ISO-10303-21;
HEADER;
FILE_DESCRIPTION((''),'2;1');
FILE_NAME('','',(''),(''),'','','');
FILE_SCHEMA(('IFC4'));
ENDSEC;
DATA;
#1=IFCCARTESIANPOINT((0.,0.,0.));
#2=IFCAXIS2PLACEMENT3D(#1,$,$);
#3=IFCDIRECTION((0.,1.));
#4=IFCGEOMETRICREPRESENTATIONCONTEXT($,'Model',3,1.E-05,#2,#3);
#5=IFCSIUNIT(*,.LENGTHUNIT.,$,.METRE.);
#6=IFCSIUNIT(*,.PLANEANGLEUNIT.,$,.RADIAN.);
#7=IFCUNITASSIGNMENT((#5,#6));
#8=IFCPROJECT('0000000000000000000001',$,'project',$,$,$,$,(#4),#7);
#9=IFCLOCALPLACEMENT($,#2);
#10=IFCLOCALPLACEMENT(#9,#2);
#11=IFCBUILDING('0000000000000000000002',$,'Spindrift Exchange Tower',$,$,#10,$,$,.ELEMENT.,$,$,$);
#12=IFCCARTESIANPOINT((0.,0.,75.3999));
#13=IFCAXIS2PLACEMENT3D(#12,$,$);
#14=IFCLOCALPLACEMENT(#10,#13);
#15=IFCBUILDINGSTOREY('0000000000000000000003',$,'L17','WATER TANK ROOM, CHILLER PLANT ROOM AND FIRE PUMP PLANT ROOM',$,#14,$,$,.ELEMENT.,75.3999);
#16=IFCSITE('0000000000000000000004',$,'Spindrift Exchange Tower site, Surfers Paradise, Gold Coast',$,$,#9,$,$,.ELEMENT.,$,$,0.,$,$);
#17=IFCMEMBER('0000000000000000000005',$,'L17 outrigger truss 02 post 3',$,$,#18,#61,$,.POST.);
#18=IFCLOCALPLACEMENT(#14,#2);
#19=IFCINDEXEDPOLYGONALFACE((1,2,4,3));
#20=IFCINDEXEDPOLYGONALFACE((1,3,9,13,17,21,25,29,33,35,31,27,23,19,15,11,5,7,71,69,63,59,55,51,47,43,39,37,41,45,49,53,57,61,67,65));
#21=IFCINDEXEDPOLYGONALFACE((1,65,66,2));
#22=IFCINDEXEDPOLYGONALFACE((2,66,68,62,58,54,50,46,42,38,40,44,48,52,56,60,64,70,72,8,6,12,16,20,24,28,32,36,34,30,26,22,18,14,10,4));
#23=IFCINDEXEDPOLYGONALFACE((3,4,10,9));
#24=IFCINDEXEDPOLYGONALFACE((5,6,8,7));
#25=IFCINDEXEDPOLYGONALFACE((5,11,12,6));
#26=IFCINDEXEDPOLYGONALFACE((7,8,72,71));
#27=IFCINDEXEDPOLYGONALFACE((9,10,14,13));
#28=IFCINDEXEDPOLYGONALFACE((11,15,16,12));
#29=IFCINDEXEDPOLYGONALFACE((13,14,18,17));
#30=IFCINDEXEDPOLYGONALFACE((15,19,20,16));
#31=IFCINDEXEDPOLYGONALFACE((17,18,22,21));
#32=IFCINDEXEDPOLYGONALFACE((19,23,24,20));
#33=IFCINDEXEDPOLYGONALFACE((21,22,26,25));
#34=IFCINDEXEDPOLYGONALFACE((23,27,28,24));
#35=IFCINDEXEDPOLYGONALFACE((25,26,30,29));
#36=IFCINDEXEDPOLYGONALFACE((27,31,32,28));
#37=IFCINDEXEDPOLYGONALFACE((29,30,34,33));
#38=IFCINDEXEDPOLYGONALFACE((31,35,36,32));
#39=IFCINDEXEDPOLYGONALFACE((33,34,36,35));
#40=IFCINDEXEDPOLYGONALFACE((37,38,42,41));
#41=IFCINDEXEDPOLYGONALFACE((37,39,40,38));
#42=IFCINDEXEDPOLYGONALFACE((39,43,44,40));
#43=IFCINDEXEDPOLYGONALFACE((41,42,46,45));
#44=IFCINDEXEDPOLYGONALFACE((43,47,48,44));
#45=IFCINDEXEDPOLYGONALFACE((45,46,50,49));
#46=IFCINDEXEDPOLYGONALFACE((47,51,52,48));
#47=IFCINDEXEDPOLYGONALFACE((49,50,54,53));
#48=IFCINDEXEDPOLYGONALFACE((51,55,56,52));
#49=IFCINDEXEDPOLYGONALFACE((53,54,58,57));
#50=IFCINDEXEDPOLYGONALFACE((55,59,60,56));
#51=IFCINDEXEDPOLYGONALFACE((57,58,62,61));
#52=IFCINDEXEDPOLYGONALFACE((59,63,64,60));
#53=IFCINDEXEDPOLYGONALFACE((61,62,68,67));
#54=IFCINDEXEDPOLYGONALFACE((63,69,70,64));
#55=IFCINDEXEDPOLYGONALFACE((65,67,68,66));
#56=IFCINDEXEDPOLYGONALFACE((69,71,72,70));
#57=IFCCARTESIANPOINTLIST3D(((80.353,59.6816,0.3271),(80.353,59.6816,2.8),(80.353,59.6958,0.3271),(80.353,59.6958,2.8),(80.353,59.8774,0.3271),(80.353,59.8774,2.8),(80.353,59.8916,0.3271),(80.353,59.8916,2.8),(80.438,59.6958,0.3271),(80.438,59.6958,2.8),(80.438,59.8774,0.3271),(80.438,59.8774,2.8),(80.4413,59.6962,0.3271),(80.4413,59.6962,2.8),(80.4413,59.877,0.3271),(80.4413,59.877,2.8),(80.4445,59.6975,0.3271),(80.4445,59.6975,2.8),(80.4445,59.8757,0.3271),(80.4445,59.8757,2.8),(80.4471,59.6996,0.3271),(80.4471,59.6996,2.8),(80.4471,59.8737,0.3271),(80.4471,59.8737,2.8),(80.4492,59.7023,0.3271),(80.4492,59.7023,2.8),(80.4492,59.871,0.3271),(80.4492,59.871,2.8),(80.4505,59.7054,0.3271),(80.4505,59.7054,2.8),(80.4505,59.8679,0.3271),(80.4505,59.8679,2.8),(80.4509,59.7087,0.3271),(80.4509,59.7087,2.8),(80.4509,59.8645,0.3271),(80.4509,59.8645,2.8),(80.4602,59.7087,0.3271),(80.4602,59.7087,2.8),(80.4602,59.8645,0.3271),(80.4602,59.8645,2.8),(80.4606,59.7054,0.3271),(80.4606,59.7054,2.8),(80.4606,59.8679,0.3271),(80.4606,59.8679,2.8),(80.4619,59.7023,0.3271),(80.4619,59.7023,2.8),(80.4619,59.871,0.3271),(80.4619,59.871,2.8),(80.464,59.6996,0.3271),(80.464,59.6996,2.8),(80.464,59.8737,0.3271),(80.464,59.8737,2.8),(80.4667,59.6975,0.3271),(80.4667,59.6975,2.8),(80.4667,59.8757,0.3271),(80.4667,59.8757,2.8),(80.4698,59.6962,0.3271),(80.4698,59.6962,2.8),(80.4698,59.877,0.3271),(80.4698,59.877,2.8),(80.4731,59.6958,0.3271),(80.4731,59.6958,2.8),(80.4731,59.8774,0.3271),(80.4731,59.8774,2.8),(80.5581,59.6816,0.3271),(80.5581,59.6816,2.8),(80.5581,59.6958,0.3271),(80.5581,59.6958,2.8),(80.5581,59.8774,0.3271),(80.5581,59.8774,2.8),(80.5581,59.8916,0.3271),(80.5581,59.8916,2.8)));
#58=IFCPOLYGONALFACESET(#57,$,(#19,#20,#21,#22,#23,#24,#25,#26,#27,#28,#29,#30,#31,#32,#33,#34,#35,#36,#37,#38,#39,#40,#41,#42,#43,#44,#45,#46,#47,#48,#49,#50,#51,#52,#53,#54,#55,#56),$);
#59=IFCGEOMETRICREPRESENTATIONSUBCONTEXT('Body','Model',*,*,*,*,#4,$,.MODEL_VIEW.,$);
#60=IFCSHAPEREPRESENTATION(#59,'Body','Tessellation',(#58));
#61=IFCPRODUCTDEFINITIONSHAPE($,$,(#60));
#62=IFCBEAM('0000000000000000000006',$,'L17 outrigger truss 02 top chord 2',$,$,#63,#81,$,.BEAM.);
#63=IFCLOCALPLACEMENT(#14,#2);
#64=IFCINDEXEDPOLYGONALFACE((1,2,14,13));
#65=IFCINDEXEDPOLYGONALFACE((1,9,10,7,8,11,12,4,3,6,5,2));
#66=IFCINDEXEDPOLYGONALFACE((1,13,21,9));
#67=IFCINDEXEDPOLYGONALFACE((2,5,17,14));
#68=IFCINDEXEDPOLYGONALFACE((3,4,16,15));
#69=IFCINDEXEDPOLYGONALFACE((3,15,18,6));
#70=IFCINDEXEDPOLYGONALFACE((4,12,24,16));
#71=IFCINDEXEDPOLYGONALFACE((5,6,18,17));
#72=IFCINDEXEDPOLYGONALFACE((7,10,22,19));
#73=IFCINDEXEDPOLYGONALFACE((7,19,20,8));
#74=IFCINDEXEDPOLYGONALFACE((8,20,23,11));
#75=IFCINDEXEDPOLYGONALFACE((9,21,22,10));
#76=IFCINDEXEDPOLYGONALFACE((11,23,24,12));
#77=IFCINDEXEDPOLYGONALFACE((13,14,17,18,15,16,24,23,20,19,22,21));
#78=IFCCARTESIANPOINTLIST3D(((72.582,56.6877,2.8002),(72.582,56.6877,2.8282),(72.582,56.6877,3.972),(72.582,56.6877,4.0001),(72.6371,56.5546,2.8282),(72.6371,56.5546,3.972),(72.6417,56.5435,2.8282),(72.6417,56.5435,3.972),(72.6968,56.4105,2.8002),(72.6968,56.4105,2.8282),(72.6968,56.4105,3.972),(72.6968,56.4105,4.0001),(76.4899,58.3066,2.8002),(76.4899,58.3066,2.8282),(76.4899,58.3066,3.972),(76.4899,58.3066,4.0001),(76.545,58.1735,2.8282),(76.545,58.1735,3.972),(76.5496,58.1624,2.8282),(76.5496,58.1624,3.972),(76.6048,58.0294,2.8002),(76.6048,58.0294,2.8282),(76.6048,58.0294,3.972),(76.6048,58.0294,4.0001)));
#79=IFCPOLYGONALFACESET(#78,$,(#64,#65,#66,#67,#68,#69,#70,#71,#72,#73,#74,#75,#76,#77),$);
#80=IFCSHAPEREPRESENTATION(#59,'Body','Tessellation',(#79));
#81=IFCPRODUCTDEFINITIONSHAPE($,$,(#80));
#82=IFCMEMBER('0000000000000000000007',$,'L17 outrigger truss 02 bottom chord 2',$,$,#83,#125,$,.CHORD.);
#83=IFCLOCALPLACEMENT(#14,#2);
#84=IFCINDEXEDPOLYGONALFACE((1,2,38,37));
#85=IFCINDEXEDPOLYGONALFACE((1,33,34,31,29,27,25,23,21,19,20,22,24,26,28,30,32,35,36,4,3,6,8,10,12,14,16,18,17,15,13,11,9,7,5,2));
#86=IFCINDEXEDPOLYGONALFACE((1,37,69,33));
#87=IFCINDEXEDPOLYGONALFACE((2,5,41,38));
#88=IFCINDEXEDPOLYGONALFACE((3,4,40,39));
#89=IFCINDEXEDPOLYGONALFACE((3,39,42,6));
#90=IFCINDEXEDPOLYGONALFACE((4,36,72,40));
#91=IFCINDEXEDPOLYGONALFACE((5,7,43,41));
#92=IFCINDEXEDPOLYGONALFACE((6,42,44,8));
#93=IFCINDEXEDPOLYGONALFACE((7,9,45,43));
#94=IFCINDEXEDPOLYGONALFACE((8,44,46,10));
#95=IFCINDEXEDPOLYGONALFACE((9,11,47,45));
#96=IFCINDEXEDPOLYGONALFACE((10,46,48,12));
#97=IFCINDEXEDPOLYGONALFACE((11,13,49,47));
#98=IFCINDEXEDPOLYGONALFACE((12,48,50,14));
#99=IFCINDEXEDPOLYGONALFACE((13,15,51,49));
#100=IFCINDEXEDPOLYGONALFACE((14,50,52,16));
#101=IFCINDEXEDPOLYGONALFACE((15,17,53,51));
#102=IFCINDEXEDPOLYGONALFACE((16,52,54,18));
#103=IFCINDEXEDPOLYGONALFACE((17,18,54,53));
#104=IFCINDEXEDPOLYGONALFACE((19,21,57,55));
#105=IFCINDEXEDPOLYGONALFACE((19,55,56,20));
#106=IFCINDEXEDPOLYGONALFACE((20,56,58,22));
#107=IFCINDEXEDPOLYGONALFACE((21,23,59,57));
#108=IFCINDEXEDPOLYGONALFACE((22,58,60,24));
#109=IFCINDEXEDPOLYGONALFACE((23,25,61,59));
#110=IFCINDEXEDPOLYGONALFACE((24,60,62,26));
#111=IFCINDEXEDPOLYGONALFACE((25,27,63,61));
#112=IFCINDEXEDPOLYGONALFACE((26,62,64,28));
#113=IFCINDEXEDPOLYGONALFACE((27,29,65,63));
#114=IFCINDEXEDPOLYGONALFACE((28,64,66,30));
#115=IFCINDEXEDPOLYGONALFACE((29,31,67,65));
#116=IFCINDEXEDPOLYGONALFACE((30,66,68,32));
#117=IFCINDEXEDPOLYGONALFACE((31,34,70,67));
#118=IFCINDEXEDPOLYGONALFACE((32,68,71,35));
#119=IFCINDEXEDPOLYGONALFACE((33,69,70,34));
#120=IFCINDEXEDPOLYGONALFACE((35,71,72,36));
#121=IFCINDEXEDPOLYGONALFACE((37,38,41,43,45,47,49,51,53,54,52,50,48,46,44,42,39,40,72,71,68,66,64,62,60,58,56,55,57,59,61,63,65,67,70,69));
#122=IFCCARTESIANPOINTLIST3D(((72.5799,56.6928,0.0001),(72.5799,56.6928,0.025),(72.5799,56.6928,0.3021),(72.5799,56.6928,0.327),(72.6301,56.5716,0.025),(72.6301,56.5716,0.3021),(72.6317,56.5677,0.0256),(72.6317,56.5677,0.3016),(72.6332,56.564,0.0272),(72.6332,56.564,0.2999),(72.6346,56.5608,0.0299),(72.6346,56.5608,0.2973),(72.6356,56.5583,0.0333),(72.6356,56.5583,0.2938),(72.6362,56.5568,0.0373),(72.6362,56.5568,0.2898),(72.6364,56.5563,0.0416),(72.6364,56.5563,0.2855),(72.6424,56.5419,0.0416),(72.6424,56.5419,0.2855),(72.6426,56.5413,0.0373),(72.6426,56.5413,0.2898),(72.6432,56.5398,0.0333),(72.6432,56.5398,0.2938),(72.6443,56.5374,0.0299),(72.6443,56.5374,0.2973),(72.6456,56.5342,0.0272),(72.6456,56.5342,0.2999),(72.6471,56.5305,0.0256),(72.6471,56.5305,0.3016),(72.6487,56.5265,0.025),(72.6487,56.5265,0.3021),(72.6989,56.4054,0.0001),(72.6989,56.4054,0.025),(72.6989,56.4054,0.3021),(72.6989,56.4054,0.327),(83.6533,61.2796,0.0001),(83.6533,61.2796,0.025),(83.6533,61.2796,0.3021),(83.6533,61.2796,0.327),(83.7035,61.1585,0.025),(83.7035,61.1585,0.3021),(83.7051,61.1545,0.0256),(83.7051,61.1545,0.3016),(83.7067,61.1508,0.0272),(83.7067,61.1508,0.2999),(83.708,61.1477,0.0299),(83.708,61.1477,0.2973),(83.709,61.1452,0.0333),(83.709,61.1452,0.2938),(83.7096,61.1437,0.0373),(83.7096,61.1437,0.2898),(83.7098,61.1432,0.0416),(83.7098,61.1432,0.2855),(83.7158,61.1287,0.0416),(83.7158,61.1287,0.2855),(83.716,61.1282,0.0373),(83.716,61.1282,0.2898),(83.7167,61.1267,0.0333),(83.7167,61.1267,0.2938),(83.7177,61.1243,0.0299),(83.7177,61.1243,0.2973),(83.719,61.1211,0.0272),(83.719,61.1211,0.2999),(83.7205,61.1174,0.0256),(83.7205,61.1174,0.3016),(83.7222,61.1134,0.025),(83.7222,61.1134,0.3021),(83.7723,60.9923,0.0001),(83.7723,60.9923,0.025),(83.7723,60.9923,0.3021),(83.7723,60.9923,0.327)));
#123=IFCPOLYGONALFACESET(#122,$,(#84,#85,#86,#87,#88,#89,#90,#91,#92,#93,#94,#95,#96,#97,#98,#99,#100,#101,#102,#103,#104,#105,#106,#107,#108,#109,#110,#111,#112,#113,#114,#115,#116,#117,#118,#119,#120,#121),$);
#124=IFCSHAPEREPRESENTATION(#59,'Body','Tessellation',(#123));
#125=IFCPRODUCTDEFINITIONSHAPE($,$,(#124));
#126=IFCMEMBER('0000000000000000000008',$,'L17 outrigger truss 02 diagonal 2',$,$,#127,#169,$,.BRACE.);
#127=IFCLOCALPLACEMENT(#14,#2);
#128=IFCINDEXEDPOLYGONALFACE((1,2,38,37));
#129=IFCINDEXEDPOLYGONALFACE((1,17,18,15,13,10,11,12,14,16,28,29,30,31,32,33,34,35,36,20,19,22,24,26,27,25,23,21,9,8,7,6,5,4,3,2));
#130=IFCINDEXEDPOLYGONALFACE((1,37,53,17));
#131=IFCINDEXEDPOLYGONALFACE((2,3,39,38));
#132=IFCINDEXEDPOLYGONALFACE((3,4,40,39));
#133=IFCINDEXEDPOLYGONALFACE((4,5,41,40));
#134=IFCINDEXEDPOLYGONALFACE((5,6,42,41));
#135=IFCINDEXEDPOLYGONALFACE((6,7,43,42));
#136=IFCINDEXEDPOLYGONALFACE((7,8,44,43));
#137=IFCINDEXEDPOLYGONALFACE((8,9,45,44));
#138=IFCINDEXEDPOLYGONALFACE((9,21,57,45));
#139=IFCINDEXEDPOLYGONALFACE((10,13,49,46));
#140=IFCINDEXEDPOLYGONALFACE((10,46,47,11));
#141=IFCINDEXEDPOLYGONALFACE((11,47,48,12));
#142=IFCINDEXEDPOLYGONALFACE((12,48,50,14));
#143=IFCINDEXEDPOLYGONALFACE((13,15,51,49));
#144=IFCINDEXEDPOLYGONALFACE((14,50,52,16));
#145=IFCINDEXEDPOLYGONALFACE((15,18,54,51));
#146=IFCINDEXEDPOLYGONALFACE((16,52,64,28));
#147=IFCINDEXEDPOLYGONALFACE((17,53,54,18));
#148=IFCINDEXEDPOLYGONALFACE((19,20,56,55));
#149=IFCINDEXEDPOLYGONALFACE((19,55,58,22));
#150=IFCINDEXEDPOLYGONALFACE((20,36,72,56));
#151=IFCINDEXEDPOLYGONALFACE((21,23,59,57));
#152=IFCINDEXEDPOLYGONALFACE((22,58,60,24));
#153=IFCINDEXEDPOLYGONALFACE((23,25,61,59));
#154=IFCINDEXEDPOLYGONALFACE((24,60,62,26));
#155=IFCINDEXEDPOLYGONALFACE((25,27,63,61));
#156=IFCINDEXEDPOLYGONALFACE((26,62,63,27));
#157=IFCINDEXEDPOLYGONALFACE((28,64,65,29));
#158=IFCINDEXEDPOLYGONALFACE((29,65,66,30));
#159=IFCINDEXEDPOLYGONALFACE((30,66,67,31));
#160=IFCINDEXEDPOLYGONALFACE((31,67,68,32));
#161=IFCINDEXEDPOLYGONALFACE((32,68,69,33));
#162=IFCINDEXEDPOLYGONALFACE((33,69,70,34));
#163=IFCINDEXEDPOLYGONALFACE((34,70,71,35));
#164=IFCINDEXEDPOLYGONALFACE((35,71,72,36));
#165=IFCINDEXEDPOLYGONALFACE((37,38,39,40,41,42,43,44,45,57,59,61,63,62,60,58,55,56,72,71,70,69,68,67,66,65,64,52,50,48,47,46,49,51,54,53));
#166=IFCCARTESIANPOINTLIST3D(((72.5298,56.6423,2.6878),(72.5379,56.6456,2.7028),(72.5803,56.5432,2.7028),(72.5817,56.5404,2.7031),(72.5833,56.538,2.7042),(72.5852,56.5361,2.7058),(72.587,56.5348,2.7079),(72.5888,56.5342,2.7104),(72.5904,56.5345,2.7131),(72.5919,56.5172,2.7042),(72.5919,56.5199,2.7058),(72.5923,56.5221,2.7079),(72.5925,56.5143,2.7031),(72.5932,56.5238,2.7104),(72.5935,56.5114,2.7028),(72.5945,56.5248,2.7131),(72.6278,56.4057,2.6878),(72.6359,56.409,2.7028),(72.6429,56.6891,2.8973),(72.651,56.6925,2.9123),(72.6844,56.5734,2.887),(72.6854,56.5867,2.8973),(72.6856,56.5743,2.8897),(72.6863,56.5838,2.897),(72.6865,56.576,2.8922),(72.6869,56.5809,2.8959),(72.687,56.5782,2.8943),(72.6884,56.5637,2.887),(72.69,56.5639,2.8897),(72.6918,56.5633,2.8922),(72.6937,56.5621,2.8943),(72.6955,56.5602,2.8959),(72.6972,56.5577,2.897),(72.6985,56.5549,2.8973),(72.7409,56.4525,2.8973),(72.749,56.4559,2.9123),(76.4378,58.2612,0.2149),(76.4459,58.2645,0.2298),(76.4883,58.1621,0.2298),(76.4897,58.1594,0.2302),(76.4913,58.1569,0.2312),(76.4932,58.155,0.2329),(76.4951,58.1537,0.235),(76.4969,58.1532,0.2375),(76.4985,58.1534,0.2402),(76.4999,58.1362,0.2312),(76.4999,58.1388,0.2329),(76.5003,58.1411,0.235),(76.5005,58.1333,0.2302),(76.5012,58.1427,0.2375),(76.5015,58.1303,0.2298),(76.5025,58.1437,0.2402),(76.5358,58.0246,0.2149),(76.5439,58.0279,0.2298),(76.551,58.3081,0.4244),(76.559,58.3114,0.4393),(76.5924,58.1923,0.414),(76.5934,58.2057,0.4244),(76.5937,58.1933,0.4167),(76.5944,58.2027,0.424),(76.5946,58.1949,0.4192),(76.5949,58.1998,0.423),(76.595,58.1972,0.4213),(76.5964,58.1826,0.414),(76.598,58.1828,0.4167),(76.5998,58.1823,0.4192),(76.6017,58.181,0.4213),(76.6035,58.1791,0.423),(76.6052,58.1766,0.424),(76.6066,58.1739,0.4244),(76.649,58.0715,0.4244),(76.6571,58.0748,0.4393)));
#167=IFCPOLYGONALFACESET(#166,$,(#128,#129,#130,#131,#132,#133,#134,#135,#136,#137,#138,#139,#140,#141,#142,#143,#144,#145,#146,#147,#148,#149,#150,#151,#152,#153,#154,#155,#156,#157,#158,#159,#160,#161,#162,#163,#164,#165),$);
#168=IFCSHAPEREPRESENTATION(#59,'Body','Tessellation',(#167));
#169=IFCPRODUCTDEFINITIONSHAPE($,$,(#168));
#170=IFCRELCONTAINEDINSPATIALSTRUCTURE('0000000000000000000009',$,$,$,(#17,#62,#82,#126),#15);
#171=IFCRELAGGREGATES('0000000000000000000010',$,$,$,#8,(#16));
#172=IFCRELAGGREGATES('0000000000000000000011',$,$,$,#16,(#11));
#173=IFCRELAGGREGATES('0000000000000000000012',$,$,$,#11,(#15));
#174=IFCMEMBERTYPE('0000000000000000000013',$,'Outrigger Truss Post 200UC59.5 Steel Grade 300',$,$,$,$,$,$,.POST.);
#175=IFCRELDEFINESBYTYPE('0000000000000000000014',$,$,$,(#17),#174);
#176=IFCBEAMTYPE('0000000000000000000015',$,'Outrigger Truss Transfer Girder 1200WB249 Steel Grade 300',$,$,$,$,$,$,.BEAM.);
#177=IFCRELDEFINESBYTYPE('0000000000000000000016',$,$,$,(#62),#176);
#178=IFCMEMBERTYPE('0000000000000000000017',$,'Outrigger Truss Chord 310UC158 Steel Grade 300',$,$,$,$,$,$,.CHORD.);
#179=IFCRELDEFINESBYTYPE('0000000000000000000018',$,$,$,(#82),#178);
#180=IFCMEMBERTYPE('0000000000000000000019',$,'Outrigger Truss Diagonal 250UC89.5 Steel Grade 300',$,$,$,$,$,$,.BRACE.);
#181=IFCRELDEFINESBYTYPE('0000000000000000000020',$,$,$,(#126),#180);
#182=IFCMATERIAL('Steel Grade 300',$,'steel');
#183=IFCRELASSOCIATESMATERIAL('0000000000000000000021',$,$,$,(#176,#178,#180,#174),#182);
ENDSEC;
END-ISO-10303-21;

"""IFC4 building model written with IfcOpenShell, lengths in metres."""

from ifc_helpers import new_model, si_unit, direction, frame, origin, origin_2d, place, context, subcontext, project, spatial, i_section, extrude, source, transform, mapped, material, material_profile, profile_set, type_object, element, save


model = new_model("IFC4")

# Units and contexts
model_context = context("Model", 3, precision=1e-05, world=origin(), true_north=direction((0.0, 1.0)))
body_context = subcontext(model_context, "Body", "Model", "MODEL_VIEW")
ifc_project = project(units=[si_unit("LENGTHUNIT", "METRE"), si_unit("PLANEANGLEUNIT", "RADIAN")], contexts=[model_context])

# Site, building, storey
site_placement = place(None, origin())
site = spatial("IfcSite", under=ifc_project, at=site_placement, Name="Spindrift Exchange Tower site, Surfers Paradise, Gold Coast", CompositionType="ELEMENT", RefElevation=0.0)
building_placement = place(site_placement, origin())
building = spatial("IfcBuilding", under=site, at=building_placement, Name="Spindrift Exchange Tower", CompositionType="ELEMENT")
storey_placement = place(building_placement, frame((0.0, 0.0, 75.3999)))
storey = spatial("IfcBuildingStorey", under=building, at=storey_placement, Name="L17", Description="WATER TANK ROOM, CHILLER PLANT ROOM AND FIRE PUMP PLANT ROOM", CompositionType="ELEMENT", Elevation=75.3999)

# Shared definitions
ifc_material_1 = material(Name="Steel Grade 300", Category="steel")
ifc_material_profile_1 = material_profile(ifc_material_1, i_section(OverallWidth=0.3, OverallDepth=1.2, WebThickness=0.012, FlangeThickness=0.0281, at=origin_2d()), Name="1200WB249")
ifc_profile_set_1 = profile_set([ifc_material_profile_1], Name="Steel Grade 300")
beam_type = type_object("IfcBeamType", Name="Outrigger Truss Transfer Girder 1200WB249 Steel Grade 300", PredefinedType="BEAM", material=ifc_profile_set_1)

# Member
ifc_material_profile_2 = material_profile(ifc_material_1, i_section(OverallWidth=0.311, OverallDepth=0.3269, WebThickness=0.0156, FlangeThickness=0.0249, FilletRadius=0.0166, at=origin_2d()), Name="310UC158")
ifc_profile_set_2 = profile_set([ifc_material_profile_2], Name="Steel Grade 300")
member_type_1 = type_object("IfcMemberType", Name="Outrigger Truss Chord 310UC158 Steel Grade 300", PredefinedType="CHORD", material=ifc_profile_set_2)
ifc_material_profile_3 = material_profile(ifc_material_1, i_section(OverallWidth=0.2561, OverallDepth=0.26, WebThickness=0.0105, FlangeThickness=0.0173, FilletRadius=0.012, at=origin_2d()), Name="250UC89.5")
ifc_profile_set_3 = profile_set([ifc_material_profile_3], Name="Steel Grade 300")
member_type_2 = type_object("IfcMemberType", Name="Outrigger Truss Diagonal 250UC89.5 Steel Grade 300", PredefinedType="BRACE", material=ifc_profile_set_3)
ifc_material_profile_4 = material_profile(ifc_material_1, i_section(OverallWidth=0.2051, OverallDepth=0.21, WebThickness=0.0093, FlangeThickness=0.0142, FilletRadius=0.0129, at=origin_2d()), Name="200UC59.5")
ifc_profile_set_4 = profile_set([ifc_material_profile_4], Name="Steel Grade 300")
member_type_3 = type_object("IfcMemberType", Name="Outrigger Truss Post 200UC59.5 Steel Grade 300", PredefinedType="POST", material=ifc_profile_set_4)
shared_shape_1 = source(origin(), body_context, "Body", "SweptSolid", [
    extrude(i_section(OverallWidth=0.2051, OverallDepth=0.21, WebThickness=0.0093, FlangeThickness=0.0142, FilletRadius=0.0129, at=origin_2d()), origin(), (0.0, 0.0, 1.0), 2.4729),
])
for number, where, z_axis, x_axis, name in (
    (1, (80.4556, 59.7866, 0.3271), (0.0, 0.0, 1.0), (1.0, 0.0, 0.0), "L17 outrigger truss 02 post 3"),
):
    element("IfcMember", number, at=place(storey_placement, frame(where, z_axis=z_axis, x_axis=x_axis)), inside=storey, type_object=member_type_3, Name=name, PredefinedType="POST", context=body_context, shape_type="MappedRepresentation", body=[
        mapped(shared_shape_1, transform((0.0, 0.0, 0.0), scale=1.0)),
    ])

# Beam
shared_shape_2 = source(origin(), body_context, "Body", "SweptSolid", [
    extrude(i_section(OverallWidth=0.3, OverallDepth=1.2, WebThickness=0.012, FlangeThickness=0.0281, at=origin_2d()), origin(), (0.0, 0.0, 1.0), 4.23),
])
beam_1_placement = place(storey_placement, frame((72.6394, 56.5491, 3.4001), z_axis=(0.923866, 0.382717, 0.0), x_axis=(-0.382717, 0.923866, 0.0)))
element("IfcBeam", 2, at=beam_1_placement, inside=storey, type_object=beam_type, Name="L17 outrigger truss 02 top chord 2", PredefinedType="BEAM", context=body_context, shape_type="MappedRepresentation", body=[
    mapped(shared_shape_2, transform((0.0, 0.0, 0.0), scale=1.0)),
])

# Members
shared_shape_3 = source(origin(), body_context, "Body", "SweptSolid", [
    extrude(i_section(OverallWidth=0.311, OverallDepth=0.3269, WebThickness=0.0156, FlangeThickness=0.0249, FilletRadius=0.0166, at=origin_2d()), origin(), (0.0, 0.0, 1.0), 11.9858),
])
member_1_placement = place(storey_placement, frame((72.6394, 56.5491, 0.1636), z_axis=(0.923876, 0.382692, 0.0), x_axis=(-0.382692, 0.923876, 0.0)))
element("IfcMember", 3, at=member_1_placement, inside=storey, type_object=member_type_1, Name="L17 outrigger truss 02 bottom chord 2", PredefinedType="CHORD", context=body_context, shape_type="MappedRepresentation", body=[
    mapped(shared_shape_3, transform((0.0, 0.0, 0.0), scale=1.0)),
])
shared_shape_4 = source(origin(), body_context, "Body", "SweptSolid", [
    extrude(i_section(OverallWidth=0.2561, OverallDepth=0.26, WebThickness=0.0105, FlangeThickness=0.0173, FilletRadius=0.012, at=origin_2d()), origin(), (0.0, 0.0, 1.0), 4.8999),
])
for number, where, z_axis, x_axis, name in (
    (4, (72.6394, 56.5491, 2.8), (0.797572, 0.330399, -0.504692), (-0.382717, 0.923866, 0.0), "L17 outrigger truss 02 diagonal 2"),
):
    element("IfcMember", number, at=place(storey_placement, frame(where, z_axis=z_axis, x_axis=x_axis)), inside=storey, type_object=member_type_2, Name=name, PredefinedType="BRACE", context=body_context, shape_type="MappedRepresentation", body=[
        mapped(shared_shape_4, transform((0.0, 0.0, 0.0), scale=1.0)),
    ])

save(model, "model.ifc")
